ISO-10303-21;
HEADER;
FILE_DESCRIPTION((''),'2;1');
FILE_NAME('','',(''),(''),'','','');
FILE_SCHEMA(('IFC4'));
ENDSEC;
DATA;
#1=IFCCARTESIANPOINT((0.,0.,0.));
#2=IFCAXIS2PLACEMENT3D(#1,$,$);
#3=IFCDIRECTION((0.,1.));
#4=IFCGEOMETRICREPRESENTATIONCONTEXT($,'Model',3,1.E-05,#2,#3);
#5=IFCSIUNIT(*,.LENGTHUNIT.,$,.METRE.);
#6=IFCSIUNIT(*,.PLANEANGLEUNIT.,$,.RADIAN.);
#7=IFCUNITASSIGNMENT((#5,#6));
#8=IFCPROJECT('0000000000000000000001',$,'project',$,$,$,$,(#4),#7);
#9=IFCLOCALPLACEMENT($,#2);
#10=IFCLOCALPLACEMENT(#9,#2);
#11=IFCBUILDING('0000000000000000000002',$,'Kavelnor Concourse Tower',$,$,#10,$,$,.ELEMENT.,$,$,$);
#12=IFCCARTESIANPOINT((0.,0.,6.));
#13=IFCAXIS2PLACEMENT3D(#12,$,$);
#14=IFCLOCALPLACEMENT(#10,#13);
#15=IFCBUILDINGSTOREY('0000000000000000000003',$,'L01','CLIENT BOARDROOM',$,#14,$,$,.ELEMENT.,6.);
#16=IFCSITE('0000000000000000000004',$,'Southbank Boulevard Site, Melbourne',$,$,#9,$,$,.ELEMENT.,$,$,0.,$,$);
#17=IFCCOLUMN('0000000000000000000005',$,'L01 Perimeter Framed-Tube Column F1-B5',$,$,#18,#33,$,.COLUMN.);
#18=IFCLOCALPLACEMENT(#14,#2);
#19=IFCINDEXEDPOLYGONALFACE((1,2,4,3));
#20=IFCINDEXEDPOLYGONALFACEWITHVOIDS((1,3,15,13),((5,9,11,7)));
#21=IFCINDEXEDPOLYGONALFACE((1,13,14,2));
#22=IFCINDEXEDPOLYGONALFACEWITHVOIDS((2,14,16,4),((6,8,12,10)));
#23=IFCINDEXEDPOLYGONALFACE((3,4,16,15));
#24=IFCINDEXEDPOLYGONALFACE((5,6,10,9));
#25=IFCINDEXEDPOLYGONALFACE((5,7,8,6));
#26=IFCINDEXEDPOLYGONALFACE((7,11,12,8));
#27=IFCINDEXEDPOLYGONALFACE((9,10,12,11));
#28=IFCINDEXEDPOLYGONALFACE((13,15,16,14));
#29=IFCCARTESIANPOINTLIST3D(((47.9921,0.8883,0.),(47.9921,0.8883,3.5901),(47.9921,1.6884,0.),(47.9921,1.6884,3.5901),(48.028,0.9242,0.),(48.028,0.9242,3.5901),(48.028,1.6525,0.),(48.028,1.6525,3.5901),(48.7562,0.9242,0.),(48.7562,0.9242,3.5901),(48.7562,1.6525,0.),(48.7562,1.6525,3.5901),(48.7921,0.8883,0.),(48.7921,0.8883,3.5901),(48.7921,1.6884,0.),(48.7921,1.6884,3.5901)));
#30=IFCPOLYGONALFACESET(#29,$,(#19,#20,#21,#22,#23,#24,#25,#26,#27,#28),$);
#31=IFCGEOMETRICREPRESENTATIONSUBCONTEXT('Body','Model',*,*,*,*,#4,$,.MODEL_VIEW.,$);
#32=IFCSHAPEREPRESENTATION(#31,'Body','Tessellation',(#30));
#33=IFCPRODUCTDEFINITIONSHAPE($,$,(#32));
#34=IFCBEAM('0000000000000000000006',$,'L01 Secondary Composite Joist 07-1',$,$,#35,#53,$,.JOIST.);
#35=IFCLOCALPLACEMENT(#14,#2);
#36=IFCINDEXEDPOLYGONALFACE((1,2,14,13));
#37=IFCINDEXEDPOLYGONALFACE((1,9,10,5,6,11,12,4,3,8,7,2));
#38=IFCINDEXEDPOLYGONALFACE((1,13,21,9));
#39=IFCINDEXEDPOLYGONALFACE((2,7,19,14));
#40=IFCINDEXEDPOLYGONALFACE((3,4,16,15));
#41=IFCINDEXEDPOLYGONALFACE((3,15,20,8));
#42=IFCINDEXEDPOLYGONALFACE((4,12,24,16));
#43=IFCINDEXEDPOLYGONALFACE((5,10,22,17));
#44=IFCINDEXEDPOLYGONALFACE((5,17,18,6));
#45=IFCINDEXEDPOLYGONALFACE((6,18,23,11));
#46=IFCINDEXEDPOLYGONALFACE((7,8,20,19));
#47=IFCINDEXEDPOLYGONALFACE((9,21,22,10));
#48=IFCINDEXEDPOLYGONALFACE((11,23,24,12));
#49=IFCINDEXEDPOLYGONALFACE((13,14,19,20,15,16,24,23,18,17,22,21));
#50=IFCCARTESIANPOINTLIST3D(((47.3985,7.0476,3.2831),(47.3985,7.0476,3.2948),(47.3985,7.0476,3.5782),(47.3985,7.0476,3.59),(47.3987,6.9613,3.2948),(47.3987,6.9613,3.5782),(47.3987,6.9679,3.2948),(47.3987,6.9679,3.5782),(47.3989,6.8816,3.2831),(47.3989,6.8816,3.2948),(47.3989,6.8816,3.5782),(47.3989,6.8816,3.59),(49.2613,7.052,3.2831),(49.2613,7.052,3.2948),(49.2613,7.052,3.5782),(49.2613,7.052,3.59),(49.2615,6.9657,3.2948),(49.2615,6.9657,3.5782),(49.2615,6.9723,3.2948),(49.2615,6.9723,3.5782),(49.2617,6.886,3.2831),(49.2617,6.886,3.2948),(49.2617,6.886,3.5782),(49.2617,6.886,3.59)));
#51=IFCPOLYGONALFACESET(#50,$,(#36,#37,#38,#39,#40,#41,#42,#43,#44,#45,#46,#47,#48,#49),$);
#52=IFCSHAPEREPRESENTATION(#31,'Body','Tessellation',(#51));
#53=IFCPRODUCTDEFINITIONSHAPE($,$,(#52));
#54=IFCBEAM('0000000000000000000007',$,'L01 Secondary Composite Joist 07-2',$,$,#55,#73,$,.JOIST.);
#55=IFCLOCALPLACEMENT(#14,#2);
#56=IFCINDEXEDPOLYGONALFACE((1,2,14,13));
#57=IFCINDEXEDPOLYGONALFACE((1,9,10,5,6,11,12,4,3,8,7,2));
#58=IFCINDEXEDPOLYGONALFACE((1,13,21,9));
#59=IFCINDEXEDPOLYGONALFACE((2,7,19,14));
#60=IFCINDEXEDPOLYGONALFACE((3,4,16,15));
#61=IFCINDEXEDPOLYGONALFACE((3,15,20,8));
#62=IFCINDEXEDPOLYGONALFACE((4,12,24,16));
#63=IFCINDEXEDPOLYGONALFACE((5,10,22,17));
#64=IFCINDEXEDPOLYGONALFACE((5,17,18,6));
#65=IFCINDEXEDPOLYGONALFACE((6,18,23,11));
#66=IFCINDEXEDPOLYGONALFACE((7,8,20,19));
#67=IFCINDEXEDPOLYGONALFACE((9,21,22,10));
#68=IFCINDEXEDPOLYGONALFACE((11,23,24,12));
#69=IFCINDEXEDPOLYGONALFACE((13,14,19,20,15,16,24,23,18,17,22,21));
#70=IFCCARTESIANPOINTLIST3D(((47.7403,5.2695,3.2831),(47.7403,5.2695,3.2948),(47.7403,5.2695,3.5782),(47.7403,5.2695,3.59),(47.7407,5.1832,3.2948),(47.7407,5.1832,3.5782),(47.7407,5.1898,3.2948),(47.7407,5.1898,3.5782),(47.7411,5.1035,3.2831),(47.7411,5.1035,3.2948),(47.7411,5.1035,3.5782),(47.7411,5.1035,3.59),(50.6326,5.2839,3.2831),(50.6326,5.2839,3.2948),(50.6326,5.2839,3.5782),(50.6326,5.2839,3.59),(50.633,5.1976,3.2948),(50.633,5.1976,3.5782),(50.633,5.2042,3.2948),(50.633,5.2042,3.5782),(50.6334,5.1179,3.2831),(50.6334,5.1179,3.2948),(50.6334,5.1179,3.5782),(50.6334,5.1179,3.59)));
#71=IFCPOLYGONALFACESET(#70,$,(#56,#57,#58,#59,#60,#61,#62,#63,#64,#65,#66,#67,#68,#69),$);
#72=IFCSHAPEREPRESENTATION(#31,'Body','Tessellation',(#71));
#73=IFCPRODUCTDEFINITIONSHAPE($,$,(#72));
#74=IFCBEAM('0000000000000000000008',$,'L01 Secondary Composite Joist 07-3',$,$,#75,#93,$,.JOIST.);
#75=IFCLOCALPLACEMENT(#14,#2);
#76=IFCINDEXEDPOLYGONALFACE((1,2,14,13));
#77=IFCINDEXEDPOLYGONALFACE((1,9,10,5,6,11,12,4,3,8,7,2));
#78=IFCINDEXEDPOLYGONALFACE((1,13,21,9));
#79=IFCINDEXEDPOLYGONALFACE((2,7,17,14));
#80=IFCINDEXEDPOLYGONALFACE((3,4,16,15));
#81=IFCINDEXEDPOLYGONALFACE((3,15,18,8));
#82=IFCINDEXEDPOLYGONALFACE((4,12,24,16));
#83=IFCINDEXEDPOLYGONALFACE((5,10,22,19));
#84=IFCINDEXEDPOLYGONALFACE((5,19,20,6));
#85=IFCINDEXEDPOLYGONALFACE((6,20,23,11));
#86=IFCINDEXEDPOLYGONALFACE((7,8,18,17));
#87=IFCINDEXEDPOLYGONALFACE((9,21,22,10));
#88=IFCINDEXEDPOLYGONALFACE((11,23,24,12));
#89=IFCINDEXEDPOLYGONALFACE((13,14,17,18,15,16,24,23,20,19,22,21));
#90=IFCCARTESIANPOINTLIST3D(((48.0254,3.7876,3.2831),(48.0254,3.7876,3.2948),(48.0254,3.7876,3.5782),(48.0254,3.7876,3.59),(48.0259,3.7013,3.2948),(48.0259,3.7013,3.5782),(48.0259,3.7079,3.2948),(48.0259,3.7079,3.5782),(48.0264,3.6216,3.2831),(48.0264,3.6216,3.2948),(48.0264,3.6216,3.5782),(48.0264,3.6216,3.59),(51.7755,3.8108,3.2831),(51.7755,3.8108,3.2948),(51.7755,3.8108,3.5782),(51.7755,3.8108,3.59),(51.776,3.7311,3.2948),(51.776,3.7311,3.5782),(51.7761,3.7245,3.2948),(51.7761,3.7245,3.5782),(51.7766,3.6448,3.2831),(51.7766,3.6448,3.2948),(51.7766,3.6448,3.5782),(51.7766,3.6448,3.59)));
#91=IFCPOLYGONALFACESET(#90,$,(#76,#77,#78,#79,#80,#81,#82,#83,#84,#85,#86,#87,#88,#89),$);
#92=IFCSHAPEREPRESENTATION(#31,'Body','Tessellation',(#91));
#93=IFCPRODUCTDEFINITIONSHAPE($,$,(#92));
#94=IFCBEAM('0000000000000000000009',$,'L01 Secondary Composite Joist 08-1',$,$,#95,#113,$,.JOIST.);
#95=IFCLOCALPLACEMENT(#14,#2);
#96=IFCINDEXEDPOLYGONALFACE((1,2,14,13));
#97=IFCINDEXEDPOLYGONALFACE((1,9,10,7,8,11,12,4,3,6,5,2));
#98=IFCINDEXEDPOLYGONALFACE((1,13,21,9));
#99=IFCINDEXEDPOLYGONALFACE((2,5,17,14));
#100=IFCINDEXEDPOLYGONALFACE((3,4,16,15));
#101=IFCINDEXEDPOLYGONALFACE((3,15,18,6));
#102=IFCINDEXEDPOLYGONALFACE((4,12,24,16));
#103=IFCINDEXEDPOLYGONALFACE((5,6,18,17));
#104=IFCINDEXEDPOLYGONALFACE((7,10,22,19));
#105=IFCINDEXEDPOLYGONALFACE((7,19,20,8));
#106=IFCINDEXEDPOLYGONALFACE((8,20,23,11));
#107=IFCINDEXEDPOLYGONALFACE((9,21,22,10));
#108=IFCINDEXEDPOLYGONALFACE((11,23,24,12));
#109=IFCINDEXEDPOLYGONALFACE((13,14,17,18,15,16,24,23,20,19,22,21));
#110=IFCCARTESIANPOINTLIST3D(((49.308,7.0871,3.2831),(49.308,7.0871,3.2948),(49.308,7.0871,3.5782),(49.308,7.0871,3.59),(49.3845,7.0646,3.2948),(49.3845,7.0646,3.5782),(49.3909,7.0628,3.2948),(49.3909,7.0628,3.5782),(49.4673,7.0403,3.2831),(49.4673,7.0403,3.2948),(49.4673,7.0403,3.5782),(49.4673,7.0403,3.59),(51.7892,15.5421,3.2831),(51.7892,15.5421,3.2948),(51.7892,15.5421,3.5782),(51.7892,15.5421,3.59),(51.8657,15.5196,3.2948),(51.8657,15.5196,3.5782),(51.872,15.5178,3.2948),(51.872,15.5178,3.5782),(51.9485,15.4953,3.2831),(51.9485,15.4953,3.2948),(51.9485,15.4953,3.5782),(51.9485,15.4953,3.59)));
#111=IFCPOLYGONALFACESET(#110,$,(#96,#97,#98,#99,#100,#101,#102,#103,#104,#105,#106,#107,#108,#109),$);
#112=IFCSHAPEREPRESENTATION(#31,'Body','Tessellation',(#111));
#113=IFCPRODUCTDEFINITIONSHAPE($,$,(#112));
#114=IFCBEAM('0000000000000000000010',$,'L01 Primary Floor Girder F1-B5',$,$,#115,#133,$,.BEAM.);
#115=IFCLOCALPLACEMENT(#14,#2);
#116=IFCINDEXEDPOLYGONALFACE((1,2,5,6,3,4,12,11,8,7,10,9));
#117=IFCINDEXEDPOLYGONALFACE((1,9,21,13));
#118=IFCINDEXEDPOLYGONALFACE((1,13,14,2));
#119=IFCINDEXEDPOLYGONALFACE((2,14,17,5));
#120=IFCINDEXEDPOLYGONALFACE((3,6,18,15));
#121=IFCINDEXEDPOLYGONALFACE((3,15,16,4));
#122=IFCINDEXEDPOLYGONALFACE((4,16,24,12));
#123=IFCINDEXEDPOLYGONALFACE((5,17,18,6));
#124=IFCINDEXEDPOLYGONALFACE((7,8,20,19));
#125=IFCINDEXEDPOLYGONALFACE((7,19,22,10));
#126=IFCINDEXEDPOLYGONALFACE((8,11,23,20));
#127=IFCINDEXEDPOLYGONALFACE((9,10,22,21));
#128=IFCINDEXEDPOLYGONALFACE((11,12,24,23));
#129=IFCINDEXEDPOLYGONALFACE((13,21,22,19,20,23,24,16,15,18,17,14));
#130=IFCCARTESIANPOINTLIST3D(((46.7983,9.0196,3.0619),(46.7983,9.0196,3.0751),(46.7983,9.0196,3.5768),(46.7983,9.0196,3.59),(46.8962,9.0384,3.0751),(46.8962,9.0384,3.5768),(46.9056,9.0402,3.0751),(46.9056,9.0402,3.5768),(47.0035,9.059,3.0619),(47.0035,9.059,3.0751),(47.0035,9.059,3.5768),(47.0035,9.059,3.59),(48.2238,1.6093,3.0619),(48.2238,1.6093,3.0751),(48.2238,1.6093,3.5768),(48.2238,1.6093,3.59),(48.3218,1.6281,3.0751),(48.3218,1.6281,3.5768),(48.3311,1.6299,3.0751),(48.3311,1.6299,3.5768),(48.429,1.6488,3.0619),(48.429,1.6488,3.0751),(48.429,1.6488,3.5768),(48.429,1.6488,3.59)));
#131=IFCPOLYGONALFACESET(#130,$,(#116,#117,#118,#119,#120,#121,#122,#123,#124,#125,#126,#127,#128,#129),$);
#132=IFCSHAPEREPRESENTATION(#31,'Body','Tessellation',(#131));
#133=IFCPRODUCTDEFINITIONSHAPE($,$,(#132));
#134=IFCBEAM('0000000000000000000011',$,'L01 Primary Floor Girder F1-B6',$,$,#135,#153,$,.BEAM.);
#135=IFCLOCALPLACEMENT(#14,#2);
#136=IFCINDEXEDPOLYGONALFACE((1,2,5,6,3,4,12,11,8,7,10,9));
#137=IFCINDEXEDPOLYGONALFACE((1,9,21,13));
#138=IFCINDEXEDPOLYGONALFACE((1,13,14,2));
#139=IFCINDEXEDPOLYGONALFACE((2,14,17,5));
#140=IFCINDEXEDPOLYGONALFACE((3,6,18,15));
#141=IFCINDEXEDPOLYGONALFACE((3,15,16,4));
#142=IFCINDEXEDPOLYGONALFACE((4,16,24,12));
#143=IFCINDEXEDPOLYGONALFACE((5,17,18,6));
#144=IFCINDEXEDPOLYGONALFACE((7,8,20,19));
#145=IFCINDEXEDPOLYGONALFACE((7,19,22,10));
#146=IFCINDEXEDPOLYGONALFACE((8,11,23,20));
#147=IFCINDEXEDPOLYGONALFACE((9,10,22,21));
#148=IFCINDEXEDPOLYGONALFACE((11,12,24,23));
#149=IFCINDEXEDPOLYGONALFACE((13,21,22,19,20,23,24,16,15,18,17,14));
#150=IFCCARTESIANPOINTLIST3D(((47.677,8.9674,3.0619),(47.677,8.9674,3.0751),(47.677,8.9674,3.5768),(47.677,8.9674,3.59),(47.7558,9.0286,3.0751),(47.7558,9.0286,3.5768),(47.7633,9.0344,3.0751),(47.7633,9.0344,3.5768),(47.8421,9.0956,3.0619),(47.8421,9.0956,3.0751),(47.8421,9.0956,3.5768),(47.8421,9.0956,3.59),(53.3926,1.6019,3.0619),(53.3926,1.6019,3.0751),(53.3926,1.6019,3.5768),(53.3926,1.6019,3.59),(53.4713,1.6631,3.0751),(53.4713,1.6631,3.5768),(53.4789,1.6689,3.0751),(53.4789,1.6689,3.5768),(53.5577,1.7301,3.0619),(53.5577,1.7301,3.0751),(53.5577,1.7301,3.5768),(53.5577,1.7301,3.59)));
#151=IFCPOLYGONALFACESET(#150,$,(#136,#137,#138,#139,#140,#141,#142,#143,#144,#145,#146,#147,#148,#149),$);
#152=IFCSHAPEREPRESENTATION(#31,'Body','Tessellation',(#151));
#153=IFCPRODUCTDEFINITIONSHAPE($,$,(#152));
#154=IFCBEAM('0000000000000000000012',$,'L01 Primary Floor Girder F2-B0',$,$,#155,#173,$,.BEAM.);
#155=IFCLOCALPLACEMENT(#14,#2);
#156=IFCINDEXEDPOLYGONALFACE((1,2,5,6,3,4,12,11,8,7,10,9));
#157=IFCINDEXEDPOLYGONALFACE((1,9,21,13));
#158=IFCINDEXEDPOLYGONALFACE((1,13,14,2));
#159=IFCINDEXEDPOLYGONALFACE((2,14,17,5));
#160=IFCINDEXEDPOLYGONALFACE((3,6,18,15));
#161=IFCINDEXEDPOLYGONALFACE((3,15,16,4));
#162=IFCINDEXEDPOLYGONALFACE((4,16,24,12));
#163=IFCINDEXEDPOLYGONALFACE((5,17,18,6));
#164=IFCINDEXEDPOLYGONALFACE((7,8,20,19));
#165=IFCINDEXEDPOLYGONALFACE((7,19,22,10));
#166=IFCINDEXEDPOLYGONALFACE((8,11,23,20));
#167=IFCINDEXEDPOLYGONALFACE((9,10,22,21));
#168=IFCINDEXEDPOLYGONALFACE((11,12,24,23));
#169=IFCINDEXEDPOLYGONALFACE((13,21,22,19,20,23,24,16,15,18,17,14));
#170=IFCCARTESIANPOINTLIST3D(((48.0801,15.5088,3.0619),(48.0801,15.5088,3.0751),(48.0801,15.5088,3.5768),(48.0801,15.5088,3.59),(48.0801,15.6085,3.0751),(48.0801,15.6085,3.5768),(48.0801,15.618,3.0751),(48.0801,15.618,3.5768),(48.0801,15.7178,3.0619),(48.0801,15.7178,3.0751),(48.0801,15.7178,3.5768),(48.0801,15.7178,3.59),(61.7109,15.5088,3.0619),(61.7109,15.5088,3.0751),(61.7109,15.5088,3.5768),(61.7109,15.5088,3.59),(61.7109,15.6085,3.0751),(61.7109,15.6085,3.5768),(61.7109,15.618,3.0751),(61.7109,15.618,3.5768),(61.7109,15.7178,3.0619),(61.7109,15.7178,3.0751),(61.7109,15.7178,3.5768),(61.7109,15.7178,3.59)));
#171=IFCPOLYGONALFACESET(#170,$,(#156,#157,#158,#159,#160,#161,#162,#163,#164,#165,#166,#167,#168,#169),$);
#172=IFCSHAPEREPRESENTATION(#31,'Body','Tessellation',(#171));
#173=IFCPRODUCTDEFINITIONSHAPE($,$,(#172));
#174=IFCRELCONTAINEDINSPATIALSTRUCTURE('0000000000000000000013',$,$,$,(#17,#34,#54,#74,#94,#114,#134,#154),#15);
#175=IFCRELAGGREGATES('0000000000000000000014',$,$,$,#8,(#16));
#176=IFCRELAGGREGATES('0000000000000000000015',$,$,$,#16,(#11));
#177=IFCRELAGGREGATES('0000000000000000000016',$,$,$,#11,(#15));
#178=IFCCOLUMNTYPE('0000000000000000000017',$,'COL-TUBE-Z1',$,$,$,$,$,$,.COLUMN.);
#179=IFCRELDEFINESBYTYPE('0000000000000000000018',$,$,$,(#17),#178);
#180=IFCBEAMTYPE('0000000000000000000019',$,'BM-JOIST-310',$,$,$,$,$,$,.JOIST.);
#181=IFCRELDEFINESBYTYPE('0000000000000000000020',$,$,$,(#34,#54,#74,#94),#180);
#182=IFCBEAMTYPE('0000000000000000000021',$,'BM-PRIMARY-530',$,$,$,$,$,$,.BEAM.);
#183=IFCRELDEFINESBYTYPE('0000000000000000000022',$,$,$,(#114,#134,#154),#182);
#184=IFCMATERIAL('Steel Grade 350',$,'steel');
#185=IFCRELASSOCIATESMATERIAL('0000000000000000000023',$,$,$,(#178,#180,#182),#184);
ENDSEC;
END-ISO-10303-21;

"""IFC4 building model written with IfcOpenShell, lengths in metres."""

from ifc_helpers import new_model, si_unit, direction, frame, origin, origin_2d, place, context, subcontext, project, spatial, hollow_rectangle, i_section, extrude, material, material_profile, profile_set, type_object, element, save


model = new_model("IFC4")

# Units and contexts
model_context = context("Model", 3, precision=1e-05, world=origin(), true_north=direction((0.0, 1.0)))
body_context = subcontext(model_context, "Body", "Model", "MODEL_VIEW")
ifc_project = project(units=[si_unit("LENGTHUNIT", "METRE"), si_unit("PLANEANGLEUNIT", "RADIAN")], contexts=[model_context])

# Site, building, storey
site_placement = place(None, origin())
site = spatial("IfcSite", under=ifc_project, at=site_placement, Name="Southbank Boulevard Site, Melbourne", CompositionType="ELEMENT", RefElevation=0.0)
building_placement = place(site_placement, origin())
building = spatial("IfcBuilding", under=site, at=building_placement, Name="Kavelnor Concourse Tower", CompositionType="ELEMENT")
storey_placement = place(building_placement, frame((0.0, 0.0, 6.0)))
storey = spatial("IfcBuildingStorey", under=building, at=storey_placement, Name="L01", Description="CLIENT BOARDROOM", CompositionType="ELEMENT", Elevation=6.0)

# Column
ifc_material_1 = material(Name="Steel Grade 350", Category="steel")
ifc_material_profile_1 = material_profile(ifc_material_1, hollow_rectangle(XDim=0.8, YDim=0.8, WallThickness=0.0359, at=origin_2d()), Name="SHS 800x800x36")
ifc_profile_set_1 = profile_set([ifc_material_profile_1], Name="Steel Grade 350")
column_type = type_object("IfcColumnType", Name="COL-TUBE-Z1", PredefinedType="COLUMN", material=ifc_profile_set_1)
column_placement = place(storey_placement, frame((48.3921, 1.2883, 0.0), z_axis=(0.0, 0.0, 1.0), x_axis=(1.0, 0.0, 0.0)))
element("IfcColumn", 1, at=column_placement, inside=storey, type_object=column_type, Name="L01 Perimeter Framed-Tube Column F1-B5", PredefinedType="COLUMN", context=body_context, shape_type="SweptSolid", body=[
    extrude(hollow_rectangle(XDim=0.8, YDim=0.8, WallThickness=0.0359, at=origin_2d()), origin(), (0.0, 0.0, 1.0), 3.5901),
])

# Beams
ifc_material_profile_2 = material_profile(ifc_material_1, i_section(OverallWidth=0.166, OverallDepth=0.3069, WebThickness=0.0066, FlangeThickness=0.0117, at=origin_2d()), Name="310UB46")
ifc_profile_set_2 = profile_set([ifc_material_profile_2], Name="Steel Grade 350")
beam_type_1 = type_object("IfcBeamType", Name="BM-JOIST-310", PredefinedType="JOIST", material=ifc_profile_set_2)
beam_1_placement = place(storey_placement, frame((47.3987, 6.9646, 3.4365), z_axis=(0.999997, 0.002359, 0.0), x_axis=(-0.002359, 0.999997, 0.0)))
element("IfcBeam", 2, at=beam_1_placement, inside=storey, type_object=beam_type_1, Name="L01 Secondary Composite Joist 07-1", PredefinedType="JOIST", context=body_context, shape_type="SweptSolid", body=[
    extrude(i_section(OverallWidth=0.166, OverallDepth=0.3069, WebThickness=0.0066, FlangeThickness=0.0117, at=origin_2d()), origin(), (0.0, 0.0, 1.0), 1.8628),
])
beam_2_placement = place(storey_placement, frame((47.7407, 5.1865, 3.4365), z_axis=(0.999988, 0.00498, 0.0), x_axis=(-0.00498, 0.999988, 0.0)))
element("IfcBeam", 3, at=beam_2_placement, inside=storey, type_object=beam_type_1, Name="L01 Secondary Composite Joist 07-2", PredefinedType="JOIST", context=body_context, shape_type="SweptSolid", body=[
    extrude(i_section(OverallWidth=0.166, OverallDepth=0.3069, WebThickness=0.0066, FlangeThickness=0.0117, at=origin_2d()), origin(), (0.0, 0.0, 1.0), 2.8923),
])
beam_3_placement = place(storey_placement, frame((48.0259, 3.7046, 3.4365), z_axis=(0.999981, 0.006184, 0.0), x_axis=(-0.006184, 0.999981, 0.0)))
element("IfcBeam", 4, at=beam_3_placement, inside=storey, type_object=beam_type_1, Name="L01 Secondary Composite Joist 07-3", PredefinedType="JOIST", context=body_context, shape_type="SweptSolid", body=[
    extrude(i_section(OverallWidth=0.166, OverallDepth=0.3069, WebThickness=0.0066, FlangeThickness=0.0117, at=origin_2d()), origin(), (0.0, 0.0, 1.0), 3.7502),
])
beam_4_placement = place(storey_placement, frame((49.3877, 7.0637, 3.4365), z_axis=(0.281583, 0.959537, 0.0), x_axis=(-0.959537, 0.281583, 0.0)))
element("IfcBeam", 5, at=beam_4_placement, inside=storey, type_object=beam_type_1, Name="L01 Secondary Composite Joist 08-1", PredefinedType="JOIST", context=body_context, shape_type="SweptSolid", body=[
    extrude(i_section(OverallWidth=0.166, OverallDepth=0.3069, WebThickness=0.0066, FlangeThickness=0.0117, at=origin_2d()), origin(), (0.0, 0.0, 1.0), 8.8115),
])
ifc_material_profile_3 = material_profile(ifc_material_1, i_section(OverallWidth=0.209, OverallDepth=0.5281, WebThickness=0.0095, FlangeThickness=0.0132, at=origin_2d()), Name="530UB82")
ifc_profile_set_3 = profile_set([ifc_material_profile_3], Name="Steel Grade 350")
beam_type_2 = type_object("IfcBeamType", Name="BM-PRIMARY-530", PredefinedType="BEAM", material=ifc_profile_set_3)
beam_5_placement = place(storey_placement, frame((46.9009, 9.0393, 3.3259), z_axis=(0.188912, -0.981994, 0.0), x_axis=(0.981994, 0.188912, 0.0)))
element("IfcBeam", 6, at=beam_5_placement, inside=storey, type_object=beam_type_2, Name="L01 Primary Floor Girder F1-B5", PredefinedType="BEAM", context=body_context, shape_type="SweptSolid", body=[
    extrude(i_section(OverallWidth=0.209, OverallDepth=0.5281, WebThickness=0.0095, FlangeThickness=0.0132, at=origin_2d()), origin(), (0.0, 0.0, 1.0), 7.5461),
])
beam_6_placement = place(storey_placement, frame((47.7595, 9.0315, 3.3259), z_axis=(0.613063, -0.790034, 0.0), x_axis=(0.790034, 0.613063, 0.0)))
element("IfcBeam", 7, at=beam_6_placement, inside=storey, type_object=beam_type_2, Name="L01 Primary Floor Girder F1-B6", PredefinedType="BEAM", context=body_context, shape_type="SweptSolid", body=[
    extrude(i_section(OverallWidth=0.209, OverallDepth=0.5281, WebThickness=0.0095, FlangeThickness=0.0132, at=origin_2d()), origin(), (0.0, 0.0, 1.0), 9.323),
])
beam_7_placement = place(storey_placement, frame((48.0801, 15.6133, 3.3259), z_axis=(1.0, 0.0, 0.0), x_axis=(0.0, 1.0, 0.0)))
element("IfcBeam", 8, at=beam_7_placement, inside=storey, type_object=beam_type_2, Name="L01 Primary Floor Girder F2-B0", PredefinedType="BEAM", context=body_context, shape_type="SweptSolid", body=[
    extrude(i_section(OverallWidth=0.209, OverallDepth=0.5281, WebThickness=0.0095, FlangeThickness=0.0132, at=origin_2d()), origin(), (0.0, 0.0, 1.0), 13.6309),
])

save(model, "model.ifc")
